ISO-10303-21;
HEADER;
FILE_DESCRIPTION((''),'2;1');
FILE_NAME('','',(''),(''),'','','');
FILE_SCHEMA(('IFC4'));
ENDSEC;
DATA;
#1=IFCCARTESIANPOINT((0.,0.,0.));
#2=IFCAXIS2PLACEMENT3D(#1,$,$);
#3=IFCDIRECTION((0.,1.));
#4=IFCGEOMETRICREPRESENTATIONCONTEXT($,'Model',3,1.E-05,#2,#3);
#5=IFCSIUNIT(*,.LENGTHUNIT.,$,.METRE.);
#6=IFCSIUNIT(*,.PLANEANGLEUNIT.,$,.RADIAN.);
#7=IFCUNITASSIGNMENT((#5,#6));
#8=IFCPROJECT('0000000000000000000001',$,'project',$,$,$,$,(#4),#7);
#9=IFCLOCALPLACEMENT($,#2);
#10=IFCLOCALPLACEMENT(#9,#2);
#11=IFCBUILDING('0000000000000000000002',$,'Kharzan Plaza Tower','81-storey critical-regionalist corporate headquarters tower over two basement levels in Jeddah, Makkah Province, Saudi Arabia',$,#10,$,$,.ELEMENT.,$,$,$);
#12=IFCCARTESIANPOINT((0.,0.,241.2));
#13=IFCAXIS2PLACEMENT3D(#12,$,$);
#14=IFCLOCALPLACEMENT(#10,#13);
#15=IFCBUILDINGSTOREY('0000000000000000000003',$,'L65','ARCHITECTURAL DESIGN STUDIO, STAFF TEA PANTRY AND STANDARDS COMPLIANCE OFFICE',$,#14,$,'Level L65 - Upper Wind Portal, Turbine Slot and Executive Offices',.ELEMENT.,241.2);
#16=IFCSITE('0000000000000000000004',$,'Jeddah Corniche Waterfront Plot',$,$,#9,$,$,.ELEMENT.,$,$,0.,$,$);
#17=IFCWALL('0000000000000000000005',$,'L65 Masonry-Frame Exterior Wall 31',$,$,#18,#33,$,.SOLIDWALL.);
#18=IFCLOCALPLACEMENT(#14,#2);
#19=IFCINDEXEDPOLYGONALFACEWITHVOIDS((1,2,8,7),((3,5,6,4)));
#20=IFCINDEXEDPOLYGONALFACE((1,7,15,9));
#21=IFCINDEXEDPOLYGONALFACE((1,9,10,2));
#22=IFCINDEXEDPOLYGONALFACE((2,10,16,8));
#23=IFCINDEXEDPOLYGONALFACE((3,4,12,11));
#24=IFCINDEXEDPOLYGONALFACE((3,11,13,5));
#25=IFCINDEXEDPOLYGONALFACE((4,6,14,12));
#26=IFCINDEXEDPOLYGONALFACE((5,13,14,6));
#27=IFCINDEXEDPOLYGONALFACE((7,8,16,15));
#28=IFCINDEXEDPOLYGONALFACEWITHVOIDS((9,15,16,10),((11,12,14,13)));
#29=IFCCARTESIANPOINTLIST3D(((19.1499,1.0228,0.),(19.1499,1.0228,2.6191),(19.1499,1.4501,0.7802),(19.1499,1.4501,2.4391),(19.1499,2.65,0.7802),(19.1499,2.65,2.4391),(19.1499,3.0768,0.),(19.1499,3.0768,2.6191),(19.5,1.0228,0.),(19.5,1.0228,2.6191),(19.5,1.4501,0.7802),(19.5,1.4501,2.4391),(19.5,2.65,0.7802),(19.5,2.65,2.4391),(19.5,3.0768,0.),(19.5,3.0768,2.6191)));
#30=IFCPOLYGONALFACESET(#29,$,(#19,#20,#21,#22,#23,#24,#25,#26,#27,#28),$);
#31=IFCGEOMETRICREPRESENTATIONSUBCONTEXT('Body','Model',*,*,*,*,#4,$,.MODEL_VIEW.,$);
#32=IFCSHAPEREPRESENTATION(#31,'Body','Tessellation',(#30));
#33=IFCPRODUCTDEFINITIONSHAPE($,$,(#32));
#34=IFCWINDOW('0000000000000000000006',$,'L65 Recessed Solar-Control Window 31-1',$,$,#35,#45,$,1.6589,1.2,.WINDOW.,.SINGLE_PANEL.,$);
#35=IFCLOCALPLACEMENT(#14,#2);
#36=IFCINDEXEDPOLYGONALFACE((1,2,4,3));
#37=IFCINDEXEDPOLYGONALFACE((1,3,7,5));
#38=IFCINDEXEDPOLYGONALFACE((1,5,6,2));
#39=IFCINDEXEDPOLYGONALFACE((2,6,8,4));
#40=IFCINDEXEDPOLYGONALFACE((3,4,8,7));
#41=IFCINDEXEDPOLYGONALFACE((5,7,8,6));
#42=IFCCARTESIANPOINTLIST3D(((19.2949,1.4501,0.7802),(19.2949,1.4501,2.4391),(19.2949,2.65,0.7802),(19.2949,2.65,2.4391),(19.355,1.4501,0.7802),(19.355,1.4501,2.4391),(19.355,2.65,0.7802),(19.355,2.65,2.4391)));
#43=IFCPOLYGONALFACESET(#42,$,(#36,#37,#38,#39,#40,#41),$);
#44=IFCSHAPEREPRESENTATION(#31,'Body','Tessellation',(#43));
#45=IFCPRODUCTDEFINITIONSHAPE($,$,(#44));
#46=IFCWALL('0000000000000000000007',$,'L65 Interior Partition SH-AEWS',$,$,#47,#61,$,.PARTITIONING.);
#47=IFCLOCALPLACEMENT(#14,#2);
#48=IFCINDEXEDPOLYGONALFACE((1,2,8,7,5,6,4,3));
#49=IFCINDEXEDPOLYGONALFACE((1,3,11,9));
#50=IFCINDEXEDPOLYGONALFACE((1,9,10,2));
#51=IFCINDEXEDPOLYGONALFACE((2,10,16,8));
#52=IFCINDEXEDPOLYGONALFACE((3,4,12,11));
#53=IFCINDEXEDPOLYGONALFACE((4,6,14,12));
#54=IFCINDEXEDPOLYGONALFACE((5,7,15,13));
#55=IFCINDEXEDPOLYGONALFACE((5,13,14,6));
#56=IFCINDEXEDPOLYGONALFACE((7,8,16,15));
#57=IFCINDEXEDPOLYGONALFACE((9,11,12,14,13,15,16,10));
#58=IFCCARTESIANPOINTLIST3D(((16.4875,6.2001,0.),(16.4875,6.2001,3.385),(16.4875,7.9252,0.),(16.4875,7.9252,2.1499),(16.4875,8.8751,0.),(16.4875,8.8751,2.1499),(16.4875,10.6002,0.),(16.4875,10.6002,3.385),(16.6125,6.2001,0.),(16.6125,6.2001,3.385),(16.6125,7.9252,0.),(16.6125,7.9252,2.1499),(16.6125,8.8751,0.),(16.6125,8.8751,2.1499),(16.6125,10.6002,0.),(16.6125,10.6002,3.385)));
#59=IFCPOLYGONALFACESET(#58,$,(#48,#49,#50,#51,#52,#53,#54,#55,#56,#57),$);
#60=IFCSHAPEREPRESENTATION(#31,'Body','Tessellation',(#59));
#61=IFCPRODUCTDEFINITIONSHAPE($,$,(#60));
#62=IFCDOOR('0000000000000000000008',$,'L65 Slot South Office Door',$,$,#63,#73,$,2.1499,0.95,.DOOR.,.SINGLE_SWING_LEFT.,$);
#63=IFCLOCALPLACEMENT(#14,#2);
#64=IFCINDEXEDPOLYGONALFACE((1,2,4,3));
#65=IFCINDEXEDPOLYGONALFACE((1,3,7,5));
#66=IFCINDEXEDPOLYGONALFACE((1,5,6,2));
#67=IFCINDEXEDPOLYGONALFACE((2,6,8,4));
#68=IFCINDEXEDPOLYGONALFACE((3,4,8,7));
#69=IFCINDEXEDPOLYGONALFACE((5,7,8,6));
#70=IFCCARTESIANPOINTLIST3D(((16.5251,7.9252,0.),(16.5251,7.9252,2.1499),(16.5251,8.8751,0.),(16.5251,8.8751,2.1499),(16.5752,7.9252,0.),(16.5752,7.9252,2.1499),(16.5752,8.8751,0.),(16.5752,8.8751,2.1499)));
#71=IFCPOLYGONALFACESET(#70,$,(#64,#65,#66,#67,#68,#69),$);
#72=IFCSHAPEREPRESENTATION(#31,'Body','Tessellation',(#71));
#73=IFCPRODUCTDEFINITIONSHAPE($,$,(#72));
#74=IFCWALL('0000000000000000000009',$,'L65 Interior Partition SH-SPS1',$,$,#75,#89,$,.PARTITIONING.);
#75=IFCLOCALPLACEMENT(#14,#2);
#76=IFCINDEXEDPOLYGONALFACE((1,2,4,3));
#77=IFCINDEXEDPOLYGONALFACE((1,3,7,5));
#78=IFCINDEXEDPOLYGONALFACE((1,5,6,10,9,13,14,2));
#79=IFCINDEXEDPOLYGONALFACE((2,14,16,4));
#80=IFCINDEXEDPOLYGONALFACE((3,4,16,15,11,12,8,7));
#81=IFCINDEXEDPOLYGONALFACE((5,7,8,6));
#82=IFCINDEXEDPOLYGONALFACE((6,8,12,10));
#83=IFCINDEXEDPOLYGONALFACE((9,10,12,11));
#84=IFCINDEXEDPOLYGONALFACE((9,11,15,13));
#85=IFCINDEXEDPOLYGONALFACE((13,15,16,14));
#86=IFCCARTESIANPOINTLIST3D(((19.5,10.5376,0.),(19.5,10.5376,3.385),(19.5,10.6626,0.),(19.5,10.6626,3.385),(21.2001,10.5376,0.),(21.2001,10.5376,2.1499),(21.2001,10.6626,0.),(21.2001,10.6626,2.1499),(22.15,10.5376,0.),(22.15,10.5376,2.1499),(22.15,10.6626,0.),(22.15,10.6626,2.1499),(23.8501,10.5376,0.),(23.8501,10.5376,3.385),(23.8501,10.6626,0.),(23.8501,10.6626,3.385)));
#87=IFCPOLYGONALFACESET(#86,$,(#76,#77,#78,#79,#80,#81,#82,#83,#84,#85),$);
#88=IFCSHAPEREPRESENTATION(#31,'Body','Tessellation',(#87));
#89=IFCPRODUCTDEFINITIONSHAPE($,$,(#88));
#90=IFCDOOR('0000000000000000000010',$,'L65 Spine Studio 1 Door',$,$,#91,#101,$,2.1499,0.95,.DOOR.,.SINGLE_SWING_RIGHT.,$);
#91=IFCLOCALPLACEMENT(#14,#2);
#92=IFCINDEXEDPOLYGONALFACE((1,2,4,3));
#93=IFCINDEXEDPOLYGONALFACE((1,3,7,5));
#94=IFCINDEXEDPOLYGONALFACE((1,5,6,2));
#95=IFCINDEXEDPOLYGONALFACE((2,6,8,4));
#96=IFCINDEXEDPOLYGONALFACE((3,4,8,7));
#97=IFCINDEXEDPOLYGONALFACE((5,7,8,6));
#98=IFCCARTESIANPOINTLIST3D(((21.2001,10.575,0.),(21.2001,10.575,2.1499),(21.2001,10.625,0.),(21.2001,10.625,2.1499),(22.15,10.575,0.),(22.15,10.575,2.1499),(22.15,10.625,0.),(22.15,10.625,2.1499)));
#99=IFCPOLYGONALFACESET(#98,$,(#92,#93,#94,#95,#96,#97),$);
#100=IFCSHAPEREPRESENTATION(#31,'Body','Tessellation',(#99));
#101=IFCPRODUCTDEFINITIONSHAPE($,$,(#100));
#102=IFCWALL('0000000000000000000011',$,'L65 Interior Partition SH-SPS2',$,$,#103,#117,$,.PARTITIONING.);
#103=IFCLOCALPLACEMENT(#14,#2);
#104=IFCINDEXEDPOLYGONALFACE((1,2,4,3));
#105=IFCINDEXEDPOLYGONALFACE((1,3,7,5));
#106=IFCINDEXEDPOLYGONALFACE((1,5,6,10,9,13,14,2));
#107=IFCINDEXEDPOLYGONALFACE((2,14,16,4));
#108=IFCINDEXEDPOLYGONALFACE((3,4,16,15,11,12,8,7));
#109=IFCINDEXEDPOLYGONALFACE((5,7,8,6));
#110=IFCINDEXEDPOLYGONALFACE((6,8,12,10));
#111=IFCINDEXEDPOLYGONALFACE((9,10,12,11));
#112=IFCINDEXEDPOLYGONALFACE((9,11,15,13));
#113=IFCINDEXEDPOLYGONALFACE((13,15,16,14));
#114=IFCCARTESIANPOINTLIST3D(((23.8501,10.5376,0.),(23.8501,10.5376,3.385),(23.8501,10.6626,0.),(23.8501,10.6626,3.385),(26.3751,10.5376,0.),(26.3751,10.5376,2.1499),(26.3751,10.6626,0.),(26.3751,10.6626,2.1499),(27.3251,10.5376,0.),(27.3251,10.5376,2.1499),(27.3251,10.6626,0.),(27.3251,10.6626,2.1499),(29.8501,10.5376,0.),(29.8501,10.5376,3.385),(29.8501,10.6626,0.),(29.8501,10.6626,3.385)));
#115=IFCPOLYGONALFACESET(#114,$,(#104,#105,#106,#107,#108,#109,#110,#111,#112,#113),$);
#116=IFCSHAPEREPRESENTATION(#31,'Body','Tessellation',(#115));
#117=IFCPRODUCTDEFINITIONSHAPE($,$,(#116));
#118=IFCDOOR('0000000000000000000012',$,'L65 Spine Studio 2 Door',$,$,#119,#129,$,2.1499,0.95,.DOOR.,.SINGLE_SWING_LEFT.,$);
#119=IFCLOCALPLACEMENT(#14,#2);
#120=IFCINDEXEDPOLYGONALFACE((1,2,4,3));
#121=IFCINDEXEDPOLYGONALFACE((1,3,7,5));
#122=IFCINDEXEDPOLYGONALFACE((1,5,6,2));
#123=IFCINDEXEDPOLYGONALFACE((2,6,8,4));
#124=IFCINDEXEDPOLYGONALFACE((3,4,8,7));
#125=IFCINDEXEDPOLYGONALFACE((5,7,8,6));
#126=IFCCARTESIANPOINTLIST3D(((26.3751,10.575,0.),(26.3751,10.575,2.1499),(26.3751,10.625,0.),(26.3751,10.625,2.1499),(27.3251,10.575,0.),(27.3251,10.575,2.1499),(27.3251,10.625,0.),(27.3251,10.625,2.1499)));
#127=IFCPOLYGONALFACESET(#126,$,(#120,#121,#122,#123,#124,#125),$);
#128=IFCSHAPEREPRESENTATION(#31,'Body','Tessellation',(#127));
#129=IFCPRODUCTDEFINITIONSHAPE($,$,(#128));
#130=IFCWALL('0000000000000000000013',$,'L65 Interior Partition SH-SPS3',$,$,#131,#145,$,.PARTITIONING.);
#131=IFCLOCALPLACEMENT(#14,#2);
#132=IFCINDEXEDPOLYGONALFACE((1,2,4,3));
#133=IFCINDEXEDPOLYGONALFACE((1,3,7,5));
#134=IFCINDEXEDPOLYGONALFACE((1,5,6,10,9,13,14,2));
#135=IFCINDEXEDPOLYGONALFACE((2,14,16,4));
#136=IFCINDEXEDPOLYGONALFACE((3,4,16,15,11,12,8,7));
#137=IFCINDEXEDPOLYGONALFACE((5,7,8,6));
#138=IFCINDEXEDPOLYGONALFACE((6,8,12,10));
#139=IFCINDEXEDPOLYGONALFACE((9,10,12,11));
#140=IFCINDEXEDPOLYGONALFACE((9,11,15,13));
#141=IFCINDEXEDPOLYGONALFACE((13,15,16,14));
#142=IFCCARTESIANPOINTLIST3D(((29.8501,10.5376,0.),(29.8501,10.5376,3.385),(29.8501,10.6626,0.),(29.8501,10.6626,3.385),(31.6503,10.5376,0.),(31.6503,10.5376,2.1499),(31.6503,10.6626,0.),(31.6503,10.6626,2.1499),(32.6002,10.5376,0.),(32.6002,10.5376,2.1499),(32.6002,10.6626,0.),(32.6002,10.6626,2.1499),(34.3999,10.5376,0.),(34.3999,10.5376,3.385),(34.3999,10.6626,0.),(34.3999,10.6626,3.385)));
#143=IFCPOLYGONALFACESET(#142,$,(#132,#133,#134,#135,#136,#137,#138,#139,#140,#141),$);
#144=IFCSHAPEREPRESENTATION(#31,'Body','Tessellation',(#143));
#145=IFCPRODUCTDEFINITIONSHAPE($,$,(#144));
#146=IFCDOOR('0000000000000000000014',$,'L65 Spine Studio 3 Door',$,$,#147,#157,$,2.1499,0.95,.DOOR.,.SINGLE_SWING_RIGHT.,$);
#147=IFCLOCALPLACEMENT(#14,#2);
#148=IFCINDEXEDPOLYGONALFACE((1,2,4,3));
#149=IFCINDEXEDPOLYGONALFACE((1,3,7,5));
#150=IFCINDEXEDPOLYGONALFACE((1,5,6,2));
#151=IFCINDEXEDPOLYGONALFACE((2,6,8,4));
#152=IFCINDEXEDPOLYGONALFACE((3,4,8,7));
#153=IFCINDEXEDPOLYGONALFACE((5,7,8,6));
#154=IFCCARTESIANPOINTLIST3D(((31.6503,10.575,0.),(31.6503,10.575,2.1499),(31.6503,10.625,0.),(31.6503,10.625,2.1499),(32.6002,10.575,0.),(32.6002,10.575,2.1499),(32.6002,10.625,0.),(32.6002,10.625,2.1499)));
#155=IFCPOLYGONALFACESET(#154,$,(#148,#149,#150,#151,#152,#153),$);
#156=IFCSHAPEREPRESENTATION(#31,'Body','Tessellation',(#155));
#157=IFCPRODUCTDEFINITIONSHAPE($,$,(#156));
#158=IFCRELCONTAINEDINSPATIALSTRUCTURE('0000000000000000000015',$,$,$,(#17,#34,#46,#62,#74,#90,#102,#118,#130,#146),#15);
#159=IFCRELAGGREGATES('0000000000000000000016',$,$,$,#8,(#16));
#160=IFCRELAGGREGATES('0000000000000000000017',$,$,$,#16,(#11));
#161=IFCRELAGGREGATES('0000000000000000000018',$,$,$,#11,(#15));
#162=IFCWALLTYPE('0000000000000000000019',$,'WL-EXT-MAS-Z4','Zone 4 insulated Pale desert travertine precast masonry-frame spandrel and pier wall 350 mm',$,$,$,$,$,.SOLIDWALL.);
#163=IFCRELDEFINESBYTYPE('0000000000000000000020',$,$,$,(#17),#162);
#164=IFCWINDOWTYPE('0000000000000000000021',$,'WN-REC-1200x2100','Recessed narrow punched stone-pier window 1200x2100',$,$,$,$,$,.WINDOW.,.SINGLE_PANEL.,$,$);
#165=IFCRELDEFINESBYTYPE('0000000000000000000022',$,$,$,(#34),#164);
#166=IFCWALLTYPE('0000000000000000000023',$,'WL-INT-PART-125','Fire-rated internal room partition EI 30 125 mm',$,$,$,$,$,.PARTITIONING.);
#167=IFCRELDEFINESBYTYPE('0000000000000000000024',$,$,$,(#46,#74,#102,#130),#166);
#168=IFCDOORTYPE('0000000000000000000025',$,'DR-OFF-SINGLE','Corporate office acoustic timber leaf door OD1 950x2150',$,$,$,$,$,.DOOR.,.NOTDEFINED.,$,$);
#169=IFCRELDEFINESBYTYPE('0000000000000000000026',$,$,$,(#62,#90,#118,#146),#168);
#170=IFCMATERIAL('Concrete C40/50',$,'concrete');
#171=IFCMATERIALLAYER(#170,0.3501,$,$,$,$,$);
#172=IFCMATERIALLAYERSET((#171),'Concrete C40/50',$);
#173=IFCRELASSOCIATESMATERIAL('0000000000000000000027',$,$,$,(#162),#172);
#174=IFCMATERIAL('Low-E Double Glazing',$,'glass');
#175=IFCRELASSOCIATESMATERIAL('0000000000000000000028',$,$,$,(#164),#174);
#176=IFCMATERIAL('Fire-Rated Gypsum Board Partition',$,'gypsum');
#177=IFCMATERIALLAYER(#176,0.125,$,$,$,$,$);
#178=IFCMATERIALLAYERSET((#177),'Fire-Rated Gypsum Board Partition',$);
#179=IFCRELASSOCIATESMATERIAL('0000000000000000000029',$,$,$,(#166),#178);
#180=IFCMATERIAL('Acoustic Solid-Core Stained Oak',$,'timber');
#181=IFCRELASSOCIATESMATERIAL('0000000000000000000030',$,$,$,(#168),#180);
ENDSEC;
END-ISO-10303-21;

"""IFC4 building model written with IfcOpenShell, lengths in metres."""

from ifc_helpers import new_model, si_unit, direction, frame, frame_2d, origin, place, context, subcontext, project, spatial, rectangle, extrude, source, transform, mapped, material, layer, layer_set, type_object, element, fill, save


model = new_model("IFC4")

# Units and contexts
model_context = context("Model", 3, precision=1e-05, world=origin(), true_north=direction((0.0, 1.0)))
body_context = subcontext(model_context, "Body", "Model", "MODEL_VIEW")
ifc_project = project(units=[si_unit("LENGTHUNIT", "METRE"), si_unit("PLANEANGLEUNIT", "RADIAN")], contexts=[model_context])

# Site, building, storey
site_placement = place(None, origin())
site = spatial("IfcSite", under=ifc_project, at=site_placement, Name="Jeddah Corniche Waterfront Plot", CompositionType="ELEMENT", RefElevation=0.0)
building_placement = place(site_placement, origin())
building = spatial("IfcBuilding", under=site, at=building_placement, Name="Kharzan Plaza Tower", Description="81-storey critical-regionalist corporate headquarters tower over two basement levels in Jeddah, Makkah Province, Saudi Arabia", CompositionType="ELEMENT")
storey_placement = place(building_placement, frame((0.0, 0.0, 241.2)))
storey = spatial("IfcBuildingStorey", under=building, at=storey_placement, Name="L65", Description="ARCHITECTURAL DESIGN STUDIO, STAFF TEA PANTRY AND STANDARDS COMPLIANCE OFFICE", LongName="Level L65 - Upper Wind Portal, Turbine Slot and Executive Offices", CompositionType="ELEMENT", Elevation=241.2)

# Wall, opening, window
ifc_material_1 = material(Name="Concrete C40/50", Category="concrete")
ifc_layer_1 = layer(ifc_material_1, 0.3501)
ifc_layer_set_1 = layer_set([ifc_layer_1], Name="Concrete C40/50")
wall_type_1 = type_object("IfcWallType", Name="WL-EXT-MAS-Z4", Description="Zone 4 insulated Pale desert travertine precast masonry-frame spandrel and pier wall 350 mm", PredefinedType="SOLIDWALL", material=ifc_layer_set_1)
wall_1_placement = place(storey_placement, frame((19.325, 1.0229, 0.0), z_axis=(0.0, 0.0, 1.0), x_axis=(0.0, 1.0, 0.0)))
wall_1 = element("IfcWall", 1, at=wall_1_placement, inside=storey, type_object=wall_type_1, Name="L65 Masonry-Frame Exterior Wall 31", PredefinedType="SOLIDWALL", context=body_context, shape_type="SweptSolid", body=[
    extrude(rectangle(XDim=2.054, YDim=0.3501, at=frame_2d((1.0269, 0.0))), origin(), (0.0, 0.0, 1.0), 2.6191),
])
opening_1_placement = place(wall_1_placement, frame((0.427, 0.0, 0.78)))
opening_1 = element("IfcOpeningElement", 2, at=opening_1_placement, cuts=wall_1, PredefinedType="OPENING", context=body_context, shape_type="SweptSolid", body=[
    extrude(rectangle(XDim=1.2, YDim=1.6589, at=frame_2d((0.6001, 0.8296))), frame((0.0, 0.1851, 0.0), z_axis=(0.0, -1.0, 0.0), x_axis=(1.0, 0.0, 0.0)), (0.0, 0.0, 1.0), 0.3701),
])
ifc_material_2 = material(Name="Low-E Double Glazing", Category="glass")
window_type = type_object("IfcWindowType", Name="WN-REC-1200x2100", Description="Recessed narrow punched stone-pier window 1200x2100", PartitioningType="SINGLE_PANEL", PredefinedType="WINDOW", material=ifc_material_2)
shared_shape_1 = source(origin(), body_context, "Body", "SweptSolid", [
    extrude(rectangle(XDim=1.2, YDim=1.6589, at=frame_2d((0.6001, 0.8296))), frame((0.0, 0.03, 0.0), z_axis=(0.0, -1.0, 0.0), x_axis=(1.0, 0.0, 0.0)), (0.0, 0.0, 1.0), 0.0601),
])
window_placement = place(opening_1_placement, origin())
window = element("IfcWindow", 3, at=window_placement, inside=storey, type_object=window_type, Name="L65 Recessed Solar-Control Window 31-1", OverallHeight=1.6589, OverallWidth=1.2, PartitioningType="SINGLE_PANEL", PredefinedType="WINDOW", context=body_context, shape_type="MappedRepresentation", body=[
    mapped(shared_shape_1, transform((0.0, 0.0, 0.0), x_axis=(1.0, 0.0, 0.0), y_axis=(0.0, 1.0, 0.0), z_axis=(0.0, 0.0, 1.0))),
])
fill(opening_1, window)

# Walls, openings, doors
ifc_material_3 = material(Name="Fire-Rated Gypsum Board Partition", Category="gypsum")
ifc_layer_2 = layer(ifc_material_3, 0.125)
ifc_layer_set_2 = layer_set([ifc_layer_2], Name="Fire-Rated Gypsum Board Partition")
wall_type_2 = type_object("IfcWallType", Name="WL-INT-PART-125", Description="Fire-rated internal room partition EI 30 125 mm", PredefinedType="PARTITIONING", material=ifc_layer_set_2)
wall_2_placement = place(storey_placement, frame((16.55, 6.2, 0.0), z_axis=(0.0, 0.0, 1.0), x_axis=(0.0, 1.0, 0.0)))
wall_2 = element("IfcWall", 4, at=wall_2_placement, inside=storey, type_object=wall_type_2, Name="L65 Interior Partition SH-AEWS", PredefinedType="PARTITIONING", context=body_context, shape_type="SweptSolid", body=[
    extrude(rectangle(XDim=4.4001, YDim=0.125, at=frame_2d((2.2002, 0.0))), origin(), (0.0, 0.0, 1.0), 3.385),
])
opening_2_placement = place(wall_2_placement, frame((1.7251, 0.0, 0.0)))
opening_2 = element("IfcOpeningElement", 5, at=opening_2_placement, cuts=wall_2, PredefinedType="OPENING", context=body_context, shape_type="SweptSolid", body=[
    extrude(rectangle(XDim=0.95, YDim=2.1499, at=frame_2d((0.4751, 1.075))), frame((0.0, 0.0725, 0.0), z_axis=(0.0, -1.0, 0.0), x_axis=(1.0, 0.0, 0.0)), (0.0, 0.0, 1.0), 0.145),
])
ifc_material_4 = material(Name="Acoustic Solid-Core Stained Oak", Category="timber")
door_type = type_object("IfcDoorType", Name="DR-OFF-SINGLE", Description="Corporate office acoustic timber leaf door OD1 950x2150", OperationType="NOTDEFINED", PredefinedType="DOOR", material=ifc_material_4)
shared_shape_2 = source(origin(), body_context, "Body", "SweptSolid", [
    extrude(rectangle(XDim=0.95, YDim=2.1499, at=frame_2d((0.4751, 1.075))), frame((0.0, 0.0249, 0.0), z_axis=(0.0, -1.0, 0.0), x_axis=(1.0, 0.0, 0.0)), (0.0, 0.0, 1.0), 0.05),
])
door_1_placement = place(opening_2_placement, origin())
door_1 = element("IfcDoor", 6, at=door_1_placement, inside=storey, type_object=door_type, Name="L65 Slot South Office Door", OperationType="SINGLE_SWING_LEFT", OverallHeight=2.1499, OverallWidth=0.95, PredefinedType="DOOR", context=body_context, shape_type="MappedRepresentation", body=[
    mapped(shared_shape_2, transform((0.0, 0.0, 0.0), x_axis=(1.0, 0.0, 0.0), y_axis=(0.0, 1.0, 0.0), z_axis=(0.0, 0.0, 1.0))),
])
fill(opening_2, door_1)
wall_3_placement = place(storey_placement, frame((19.5, 10.6001, 0.0), z_axis=(0.0, 0.0, 1.0), x_axis=(1.0, 0.0, 0.0)))
wall_3 = element("IfcWall", 7, at=wall_3_placement, inside=storey, type_object=wall_type_2, Name="L65 Interior Partition SH-SPS1", PredefinedType="PARTITIONING", context=body_context, shape_type="SweptSolid", body=[
    extrude(rectangle(XDim=4.3501, YDim=0.125, at=frame_2d((2.175, 0.0))), origin(), (0.0, 0.0, 1.0), 3.385),
])
opening_3_placement = place(wall_3_placement, frame((1.7, 0.0, 0.0)))
opening_3 = element("IfcOpeningElement", 8, at=opening_3_placement, cuts=wall_3, PredefinedType="OPENING", context=body_context, shape_type="SweptSolid", body=[
    extrude(rectangle(XDim=0.95, YDim=2.1499, at=frame_2d((0.4751, 1.075))), frame((0.0, 0.0725, 0.0), z_axis=(0.0, -1.0, 0.0), x_axis=(1.0, 0.0, 0.0)), (0.0, 0.0, 1.0), 0.145),
])
door_2_placement = place(opening_3_placement, origin())
door_2 = element("IfcDoor", 9, at=door_2_placement, inside=storey, type_object=door_type, Name="L65 Spine Studio 1 Door", OperationType="SINGLE_SWING_RIGHT", OverallHeight=2.1499, OverallWidth=0.95, PredefinedType="DOOR", context=body_context, shape_type="MappedRepresentation", body=[
    mapped(shared_shape_2, transform((0.0, 0.0, 0.0), x_axis=(1.0, 0.0, 0.0), y_axis=(0.0, 1.0, 0.0), z_axis=(0.0, 0.0, 1.0))),
])
fill(opening_3, door_2)
wall_4_placement = place(storey_placement, frame((23.8501, 10.6001, 0.0), z_axis=(0.0, 0.0, 1.0), x_axis=(1.0, 0.0, 0.0)))
wall_4 = element("IfcWall", 10, at=wall_4_placement, inside=storey, type_object=wall_type_2, Name="L65 Interior Partition SH-SPS2", PredefinedType="PARTITIONING", context=body_context, shape_type="SweptSolid", body=[
    extrude(rectangle(XDim=6.0, YDim=0.125, at=frame_2d((3.0, 0.0))), origin(), (0.0, 0.0, 1.0), 3.385),
])
opening_4_placement = place(wall_4_placement, frame((2.5249, 0.0, 0.0)))
opening_4 = element("IfcOpeningElement", 11, at=opening_4_placement, cuts=wall_4, PredefinedType="OPENING", context=body_context, shape_type="SweptSolid", body=[
    extrude(rectangle(XDim=0.95, YDim=2.1499, at=frame_2d((0.4751, 1.075))), frame((0.0, 0.0725, 0.0), z_axis=(0.0, -1.0, 0.0), x_axis=(1.0, 0.0, 0.0)), (0.0, 0.0, 1.0), 0.145),
])
door_3_placement = place(opening_4_placement, origin())
door_3 = element("IfcDoor", 12, at=door_3_placement, inside=storey, type_object=door_type, Name="L65 Spine Studio 2 Door", OperationType="SINGLE_SWING_LEFT", OverallHeight=2.1499, OverallWidth=0.95, PredefinedType="DOOR", context=body_context, shape_type="MappedRepresentation", body=[
    mapped(shared_shape_2, transform((0.0, 0.0, 0.0), x_axis=(1.0, 0.0, 0.0), y_axis=(0.0, 1.0, 0.0), z_axis=(0.0, 0.0, 1.0))),
])
fill(opening_4, door_3)
wall_5_placement = place(storey_placement, frame((29.8501, 10.6001, 0.0), z_axis=(0.0, 0.0, 1.0), x_axis=(1.0, 0.0, 0.0)))
wall_5 = element("IfcWall", 13, at=wall_5_placement, inside=storey, type_object=wall_type_2, Name="L65 Interior Partition SH-SPS3", PredefinedType="PARTITIONING", context=body_context, shape_type="SweptSolid", body=[
    extrude(rectangle(XDim=4.5498, YDim=0.125, at=frame_2d((2.2749, 0.0))), origin(), (0.0, 0.0, 1.0), 3.385),
])
opening_5_placement = place(wall_5_placement, frame((1.8, 0.0, 0.0)))
opening_5 = element("IfcOpeningElement", 14, at=opening_5_placement, cuts=wall_5, PredefinedType="OPENING", context=body_context, shape_type="SweptSolid", body=[
    extrude(rectangle(XDim=0.95, YDim=2.1499, at=frame_2d((0.4751, 1.075))), frame((0.0, 0.0725, 0.0), z_axis=(0.0, -1.0, 0.0), x_axis=(1.0, 0.0, 0.0)), (0.0, 0.0, 1.0), 0.145),
])
door_4_placement = place(opening_5_placement, origin())
door_4 = element("IfcDoor", 15, at=door_4_placement, inside=storey, type_object=door_type, Name="L65 Spine Studio 3 Door", OperationType="SINGLE_SWING_RIGHT", OverallHeight=2.1499, OverallWidth=0.95, PredefinedType="DOOR", context=body_context, shape_type="MappedRepresentation", body=[
    mapped(shared_shape_2, transform((0.0, 0.0, 0.0), x_axis=(1.0, 0.0, 0.0), y_axis=(0.0, 1.0, 0.0), z_axis=(0.0, 0.0, 1.0))),
])
fill(opening_5, door_4)

save(model, "model.ifc")
